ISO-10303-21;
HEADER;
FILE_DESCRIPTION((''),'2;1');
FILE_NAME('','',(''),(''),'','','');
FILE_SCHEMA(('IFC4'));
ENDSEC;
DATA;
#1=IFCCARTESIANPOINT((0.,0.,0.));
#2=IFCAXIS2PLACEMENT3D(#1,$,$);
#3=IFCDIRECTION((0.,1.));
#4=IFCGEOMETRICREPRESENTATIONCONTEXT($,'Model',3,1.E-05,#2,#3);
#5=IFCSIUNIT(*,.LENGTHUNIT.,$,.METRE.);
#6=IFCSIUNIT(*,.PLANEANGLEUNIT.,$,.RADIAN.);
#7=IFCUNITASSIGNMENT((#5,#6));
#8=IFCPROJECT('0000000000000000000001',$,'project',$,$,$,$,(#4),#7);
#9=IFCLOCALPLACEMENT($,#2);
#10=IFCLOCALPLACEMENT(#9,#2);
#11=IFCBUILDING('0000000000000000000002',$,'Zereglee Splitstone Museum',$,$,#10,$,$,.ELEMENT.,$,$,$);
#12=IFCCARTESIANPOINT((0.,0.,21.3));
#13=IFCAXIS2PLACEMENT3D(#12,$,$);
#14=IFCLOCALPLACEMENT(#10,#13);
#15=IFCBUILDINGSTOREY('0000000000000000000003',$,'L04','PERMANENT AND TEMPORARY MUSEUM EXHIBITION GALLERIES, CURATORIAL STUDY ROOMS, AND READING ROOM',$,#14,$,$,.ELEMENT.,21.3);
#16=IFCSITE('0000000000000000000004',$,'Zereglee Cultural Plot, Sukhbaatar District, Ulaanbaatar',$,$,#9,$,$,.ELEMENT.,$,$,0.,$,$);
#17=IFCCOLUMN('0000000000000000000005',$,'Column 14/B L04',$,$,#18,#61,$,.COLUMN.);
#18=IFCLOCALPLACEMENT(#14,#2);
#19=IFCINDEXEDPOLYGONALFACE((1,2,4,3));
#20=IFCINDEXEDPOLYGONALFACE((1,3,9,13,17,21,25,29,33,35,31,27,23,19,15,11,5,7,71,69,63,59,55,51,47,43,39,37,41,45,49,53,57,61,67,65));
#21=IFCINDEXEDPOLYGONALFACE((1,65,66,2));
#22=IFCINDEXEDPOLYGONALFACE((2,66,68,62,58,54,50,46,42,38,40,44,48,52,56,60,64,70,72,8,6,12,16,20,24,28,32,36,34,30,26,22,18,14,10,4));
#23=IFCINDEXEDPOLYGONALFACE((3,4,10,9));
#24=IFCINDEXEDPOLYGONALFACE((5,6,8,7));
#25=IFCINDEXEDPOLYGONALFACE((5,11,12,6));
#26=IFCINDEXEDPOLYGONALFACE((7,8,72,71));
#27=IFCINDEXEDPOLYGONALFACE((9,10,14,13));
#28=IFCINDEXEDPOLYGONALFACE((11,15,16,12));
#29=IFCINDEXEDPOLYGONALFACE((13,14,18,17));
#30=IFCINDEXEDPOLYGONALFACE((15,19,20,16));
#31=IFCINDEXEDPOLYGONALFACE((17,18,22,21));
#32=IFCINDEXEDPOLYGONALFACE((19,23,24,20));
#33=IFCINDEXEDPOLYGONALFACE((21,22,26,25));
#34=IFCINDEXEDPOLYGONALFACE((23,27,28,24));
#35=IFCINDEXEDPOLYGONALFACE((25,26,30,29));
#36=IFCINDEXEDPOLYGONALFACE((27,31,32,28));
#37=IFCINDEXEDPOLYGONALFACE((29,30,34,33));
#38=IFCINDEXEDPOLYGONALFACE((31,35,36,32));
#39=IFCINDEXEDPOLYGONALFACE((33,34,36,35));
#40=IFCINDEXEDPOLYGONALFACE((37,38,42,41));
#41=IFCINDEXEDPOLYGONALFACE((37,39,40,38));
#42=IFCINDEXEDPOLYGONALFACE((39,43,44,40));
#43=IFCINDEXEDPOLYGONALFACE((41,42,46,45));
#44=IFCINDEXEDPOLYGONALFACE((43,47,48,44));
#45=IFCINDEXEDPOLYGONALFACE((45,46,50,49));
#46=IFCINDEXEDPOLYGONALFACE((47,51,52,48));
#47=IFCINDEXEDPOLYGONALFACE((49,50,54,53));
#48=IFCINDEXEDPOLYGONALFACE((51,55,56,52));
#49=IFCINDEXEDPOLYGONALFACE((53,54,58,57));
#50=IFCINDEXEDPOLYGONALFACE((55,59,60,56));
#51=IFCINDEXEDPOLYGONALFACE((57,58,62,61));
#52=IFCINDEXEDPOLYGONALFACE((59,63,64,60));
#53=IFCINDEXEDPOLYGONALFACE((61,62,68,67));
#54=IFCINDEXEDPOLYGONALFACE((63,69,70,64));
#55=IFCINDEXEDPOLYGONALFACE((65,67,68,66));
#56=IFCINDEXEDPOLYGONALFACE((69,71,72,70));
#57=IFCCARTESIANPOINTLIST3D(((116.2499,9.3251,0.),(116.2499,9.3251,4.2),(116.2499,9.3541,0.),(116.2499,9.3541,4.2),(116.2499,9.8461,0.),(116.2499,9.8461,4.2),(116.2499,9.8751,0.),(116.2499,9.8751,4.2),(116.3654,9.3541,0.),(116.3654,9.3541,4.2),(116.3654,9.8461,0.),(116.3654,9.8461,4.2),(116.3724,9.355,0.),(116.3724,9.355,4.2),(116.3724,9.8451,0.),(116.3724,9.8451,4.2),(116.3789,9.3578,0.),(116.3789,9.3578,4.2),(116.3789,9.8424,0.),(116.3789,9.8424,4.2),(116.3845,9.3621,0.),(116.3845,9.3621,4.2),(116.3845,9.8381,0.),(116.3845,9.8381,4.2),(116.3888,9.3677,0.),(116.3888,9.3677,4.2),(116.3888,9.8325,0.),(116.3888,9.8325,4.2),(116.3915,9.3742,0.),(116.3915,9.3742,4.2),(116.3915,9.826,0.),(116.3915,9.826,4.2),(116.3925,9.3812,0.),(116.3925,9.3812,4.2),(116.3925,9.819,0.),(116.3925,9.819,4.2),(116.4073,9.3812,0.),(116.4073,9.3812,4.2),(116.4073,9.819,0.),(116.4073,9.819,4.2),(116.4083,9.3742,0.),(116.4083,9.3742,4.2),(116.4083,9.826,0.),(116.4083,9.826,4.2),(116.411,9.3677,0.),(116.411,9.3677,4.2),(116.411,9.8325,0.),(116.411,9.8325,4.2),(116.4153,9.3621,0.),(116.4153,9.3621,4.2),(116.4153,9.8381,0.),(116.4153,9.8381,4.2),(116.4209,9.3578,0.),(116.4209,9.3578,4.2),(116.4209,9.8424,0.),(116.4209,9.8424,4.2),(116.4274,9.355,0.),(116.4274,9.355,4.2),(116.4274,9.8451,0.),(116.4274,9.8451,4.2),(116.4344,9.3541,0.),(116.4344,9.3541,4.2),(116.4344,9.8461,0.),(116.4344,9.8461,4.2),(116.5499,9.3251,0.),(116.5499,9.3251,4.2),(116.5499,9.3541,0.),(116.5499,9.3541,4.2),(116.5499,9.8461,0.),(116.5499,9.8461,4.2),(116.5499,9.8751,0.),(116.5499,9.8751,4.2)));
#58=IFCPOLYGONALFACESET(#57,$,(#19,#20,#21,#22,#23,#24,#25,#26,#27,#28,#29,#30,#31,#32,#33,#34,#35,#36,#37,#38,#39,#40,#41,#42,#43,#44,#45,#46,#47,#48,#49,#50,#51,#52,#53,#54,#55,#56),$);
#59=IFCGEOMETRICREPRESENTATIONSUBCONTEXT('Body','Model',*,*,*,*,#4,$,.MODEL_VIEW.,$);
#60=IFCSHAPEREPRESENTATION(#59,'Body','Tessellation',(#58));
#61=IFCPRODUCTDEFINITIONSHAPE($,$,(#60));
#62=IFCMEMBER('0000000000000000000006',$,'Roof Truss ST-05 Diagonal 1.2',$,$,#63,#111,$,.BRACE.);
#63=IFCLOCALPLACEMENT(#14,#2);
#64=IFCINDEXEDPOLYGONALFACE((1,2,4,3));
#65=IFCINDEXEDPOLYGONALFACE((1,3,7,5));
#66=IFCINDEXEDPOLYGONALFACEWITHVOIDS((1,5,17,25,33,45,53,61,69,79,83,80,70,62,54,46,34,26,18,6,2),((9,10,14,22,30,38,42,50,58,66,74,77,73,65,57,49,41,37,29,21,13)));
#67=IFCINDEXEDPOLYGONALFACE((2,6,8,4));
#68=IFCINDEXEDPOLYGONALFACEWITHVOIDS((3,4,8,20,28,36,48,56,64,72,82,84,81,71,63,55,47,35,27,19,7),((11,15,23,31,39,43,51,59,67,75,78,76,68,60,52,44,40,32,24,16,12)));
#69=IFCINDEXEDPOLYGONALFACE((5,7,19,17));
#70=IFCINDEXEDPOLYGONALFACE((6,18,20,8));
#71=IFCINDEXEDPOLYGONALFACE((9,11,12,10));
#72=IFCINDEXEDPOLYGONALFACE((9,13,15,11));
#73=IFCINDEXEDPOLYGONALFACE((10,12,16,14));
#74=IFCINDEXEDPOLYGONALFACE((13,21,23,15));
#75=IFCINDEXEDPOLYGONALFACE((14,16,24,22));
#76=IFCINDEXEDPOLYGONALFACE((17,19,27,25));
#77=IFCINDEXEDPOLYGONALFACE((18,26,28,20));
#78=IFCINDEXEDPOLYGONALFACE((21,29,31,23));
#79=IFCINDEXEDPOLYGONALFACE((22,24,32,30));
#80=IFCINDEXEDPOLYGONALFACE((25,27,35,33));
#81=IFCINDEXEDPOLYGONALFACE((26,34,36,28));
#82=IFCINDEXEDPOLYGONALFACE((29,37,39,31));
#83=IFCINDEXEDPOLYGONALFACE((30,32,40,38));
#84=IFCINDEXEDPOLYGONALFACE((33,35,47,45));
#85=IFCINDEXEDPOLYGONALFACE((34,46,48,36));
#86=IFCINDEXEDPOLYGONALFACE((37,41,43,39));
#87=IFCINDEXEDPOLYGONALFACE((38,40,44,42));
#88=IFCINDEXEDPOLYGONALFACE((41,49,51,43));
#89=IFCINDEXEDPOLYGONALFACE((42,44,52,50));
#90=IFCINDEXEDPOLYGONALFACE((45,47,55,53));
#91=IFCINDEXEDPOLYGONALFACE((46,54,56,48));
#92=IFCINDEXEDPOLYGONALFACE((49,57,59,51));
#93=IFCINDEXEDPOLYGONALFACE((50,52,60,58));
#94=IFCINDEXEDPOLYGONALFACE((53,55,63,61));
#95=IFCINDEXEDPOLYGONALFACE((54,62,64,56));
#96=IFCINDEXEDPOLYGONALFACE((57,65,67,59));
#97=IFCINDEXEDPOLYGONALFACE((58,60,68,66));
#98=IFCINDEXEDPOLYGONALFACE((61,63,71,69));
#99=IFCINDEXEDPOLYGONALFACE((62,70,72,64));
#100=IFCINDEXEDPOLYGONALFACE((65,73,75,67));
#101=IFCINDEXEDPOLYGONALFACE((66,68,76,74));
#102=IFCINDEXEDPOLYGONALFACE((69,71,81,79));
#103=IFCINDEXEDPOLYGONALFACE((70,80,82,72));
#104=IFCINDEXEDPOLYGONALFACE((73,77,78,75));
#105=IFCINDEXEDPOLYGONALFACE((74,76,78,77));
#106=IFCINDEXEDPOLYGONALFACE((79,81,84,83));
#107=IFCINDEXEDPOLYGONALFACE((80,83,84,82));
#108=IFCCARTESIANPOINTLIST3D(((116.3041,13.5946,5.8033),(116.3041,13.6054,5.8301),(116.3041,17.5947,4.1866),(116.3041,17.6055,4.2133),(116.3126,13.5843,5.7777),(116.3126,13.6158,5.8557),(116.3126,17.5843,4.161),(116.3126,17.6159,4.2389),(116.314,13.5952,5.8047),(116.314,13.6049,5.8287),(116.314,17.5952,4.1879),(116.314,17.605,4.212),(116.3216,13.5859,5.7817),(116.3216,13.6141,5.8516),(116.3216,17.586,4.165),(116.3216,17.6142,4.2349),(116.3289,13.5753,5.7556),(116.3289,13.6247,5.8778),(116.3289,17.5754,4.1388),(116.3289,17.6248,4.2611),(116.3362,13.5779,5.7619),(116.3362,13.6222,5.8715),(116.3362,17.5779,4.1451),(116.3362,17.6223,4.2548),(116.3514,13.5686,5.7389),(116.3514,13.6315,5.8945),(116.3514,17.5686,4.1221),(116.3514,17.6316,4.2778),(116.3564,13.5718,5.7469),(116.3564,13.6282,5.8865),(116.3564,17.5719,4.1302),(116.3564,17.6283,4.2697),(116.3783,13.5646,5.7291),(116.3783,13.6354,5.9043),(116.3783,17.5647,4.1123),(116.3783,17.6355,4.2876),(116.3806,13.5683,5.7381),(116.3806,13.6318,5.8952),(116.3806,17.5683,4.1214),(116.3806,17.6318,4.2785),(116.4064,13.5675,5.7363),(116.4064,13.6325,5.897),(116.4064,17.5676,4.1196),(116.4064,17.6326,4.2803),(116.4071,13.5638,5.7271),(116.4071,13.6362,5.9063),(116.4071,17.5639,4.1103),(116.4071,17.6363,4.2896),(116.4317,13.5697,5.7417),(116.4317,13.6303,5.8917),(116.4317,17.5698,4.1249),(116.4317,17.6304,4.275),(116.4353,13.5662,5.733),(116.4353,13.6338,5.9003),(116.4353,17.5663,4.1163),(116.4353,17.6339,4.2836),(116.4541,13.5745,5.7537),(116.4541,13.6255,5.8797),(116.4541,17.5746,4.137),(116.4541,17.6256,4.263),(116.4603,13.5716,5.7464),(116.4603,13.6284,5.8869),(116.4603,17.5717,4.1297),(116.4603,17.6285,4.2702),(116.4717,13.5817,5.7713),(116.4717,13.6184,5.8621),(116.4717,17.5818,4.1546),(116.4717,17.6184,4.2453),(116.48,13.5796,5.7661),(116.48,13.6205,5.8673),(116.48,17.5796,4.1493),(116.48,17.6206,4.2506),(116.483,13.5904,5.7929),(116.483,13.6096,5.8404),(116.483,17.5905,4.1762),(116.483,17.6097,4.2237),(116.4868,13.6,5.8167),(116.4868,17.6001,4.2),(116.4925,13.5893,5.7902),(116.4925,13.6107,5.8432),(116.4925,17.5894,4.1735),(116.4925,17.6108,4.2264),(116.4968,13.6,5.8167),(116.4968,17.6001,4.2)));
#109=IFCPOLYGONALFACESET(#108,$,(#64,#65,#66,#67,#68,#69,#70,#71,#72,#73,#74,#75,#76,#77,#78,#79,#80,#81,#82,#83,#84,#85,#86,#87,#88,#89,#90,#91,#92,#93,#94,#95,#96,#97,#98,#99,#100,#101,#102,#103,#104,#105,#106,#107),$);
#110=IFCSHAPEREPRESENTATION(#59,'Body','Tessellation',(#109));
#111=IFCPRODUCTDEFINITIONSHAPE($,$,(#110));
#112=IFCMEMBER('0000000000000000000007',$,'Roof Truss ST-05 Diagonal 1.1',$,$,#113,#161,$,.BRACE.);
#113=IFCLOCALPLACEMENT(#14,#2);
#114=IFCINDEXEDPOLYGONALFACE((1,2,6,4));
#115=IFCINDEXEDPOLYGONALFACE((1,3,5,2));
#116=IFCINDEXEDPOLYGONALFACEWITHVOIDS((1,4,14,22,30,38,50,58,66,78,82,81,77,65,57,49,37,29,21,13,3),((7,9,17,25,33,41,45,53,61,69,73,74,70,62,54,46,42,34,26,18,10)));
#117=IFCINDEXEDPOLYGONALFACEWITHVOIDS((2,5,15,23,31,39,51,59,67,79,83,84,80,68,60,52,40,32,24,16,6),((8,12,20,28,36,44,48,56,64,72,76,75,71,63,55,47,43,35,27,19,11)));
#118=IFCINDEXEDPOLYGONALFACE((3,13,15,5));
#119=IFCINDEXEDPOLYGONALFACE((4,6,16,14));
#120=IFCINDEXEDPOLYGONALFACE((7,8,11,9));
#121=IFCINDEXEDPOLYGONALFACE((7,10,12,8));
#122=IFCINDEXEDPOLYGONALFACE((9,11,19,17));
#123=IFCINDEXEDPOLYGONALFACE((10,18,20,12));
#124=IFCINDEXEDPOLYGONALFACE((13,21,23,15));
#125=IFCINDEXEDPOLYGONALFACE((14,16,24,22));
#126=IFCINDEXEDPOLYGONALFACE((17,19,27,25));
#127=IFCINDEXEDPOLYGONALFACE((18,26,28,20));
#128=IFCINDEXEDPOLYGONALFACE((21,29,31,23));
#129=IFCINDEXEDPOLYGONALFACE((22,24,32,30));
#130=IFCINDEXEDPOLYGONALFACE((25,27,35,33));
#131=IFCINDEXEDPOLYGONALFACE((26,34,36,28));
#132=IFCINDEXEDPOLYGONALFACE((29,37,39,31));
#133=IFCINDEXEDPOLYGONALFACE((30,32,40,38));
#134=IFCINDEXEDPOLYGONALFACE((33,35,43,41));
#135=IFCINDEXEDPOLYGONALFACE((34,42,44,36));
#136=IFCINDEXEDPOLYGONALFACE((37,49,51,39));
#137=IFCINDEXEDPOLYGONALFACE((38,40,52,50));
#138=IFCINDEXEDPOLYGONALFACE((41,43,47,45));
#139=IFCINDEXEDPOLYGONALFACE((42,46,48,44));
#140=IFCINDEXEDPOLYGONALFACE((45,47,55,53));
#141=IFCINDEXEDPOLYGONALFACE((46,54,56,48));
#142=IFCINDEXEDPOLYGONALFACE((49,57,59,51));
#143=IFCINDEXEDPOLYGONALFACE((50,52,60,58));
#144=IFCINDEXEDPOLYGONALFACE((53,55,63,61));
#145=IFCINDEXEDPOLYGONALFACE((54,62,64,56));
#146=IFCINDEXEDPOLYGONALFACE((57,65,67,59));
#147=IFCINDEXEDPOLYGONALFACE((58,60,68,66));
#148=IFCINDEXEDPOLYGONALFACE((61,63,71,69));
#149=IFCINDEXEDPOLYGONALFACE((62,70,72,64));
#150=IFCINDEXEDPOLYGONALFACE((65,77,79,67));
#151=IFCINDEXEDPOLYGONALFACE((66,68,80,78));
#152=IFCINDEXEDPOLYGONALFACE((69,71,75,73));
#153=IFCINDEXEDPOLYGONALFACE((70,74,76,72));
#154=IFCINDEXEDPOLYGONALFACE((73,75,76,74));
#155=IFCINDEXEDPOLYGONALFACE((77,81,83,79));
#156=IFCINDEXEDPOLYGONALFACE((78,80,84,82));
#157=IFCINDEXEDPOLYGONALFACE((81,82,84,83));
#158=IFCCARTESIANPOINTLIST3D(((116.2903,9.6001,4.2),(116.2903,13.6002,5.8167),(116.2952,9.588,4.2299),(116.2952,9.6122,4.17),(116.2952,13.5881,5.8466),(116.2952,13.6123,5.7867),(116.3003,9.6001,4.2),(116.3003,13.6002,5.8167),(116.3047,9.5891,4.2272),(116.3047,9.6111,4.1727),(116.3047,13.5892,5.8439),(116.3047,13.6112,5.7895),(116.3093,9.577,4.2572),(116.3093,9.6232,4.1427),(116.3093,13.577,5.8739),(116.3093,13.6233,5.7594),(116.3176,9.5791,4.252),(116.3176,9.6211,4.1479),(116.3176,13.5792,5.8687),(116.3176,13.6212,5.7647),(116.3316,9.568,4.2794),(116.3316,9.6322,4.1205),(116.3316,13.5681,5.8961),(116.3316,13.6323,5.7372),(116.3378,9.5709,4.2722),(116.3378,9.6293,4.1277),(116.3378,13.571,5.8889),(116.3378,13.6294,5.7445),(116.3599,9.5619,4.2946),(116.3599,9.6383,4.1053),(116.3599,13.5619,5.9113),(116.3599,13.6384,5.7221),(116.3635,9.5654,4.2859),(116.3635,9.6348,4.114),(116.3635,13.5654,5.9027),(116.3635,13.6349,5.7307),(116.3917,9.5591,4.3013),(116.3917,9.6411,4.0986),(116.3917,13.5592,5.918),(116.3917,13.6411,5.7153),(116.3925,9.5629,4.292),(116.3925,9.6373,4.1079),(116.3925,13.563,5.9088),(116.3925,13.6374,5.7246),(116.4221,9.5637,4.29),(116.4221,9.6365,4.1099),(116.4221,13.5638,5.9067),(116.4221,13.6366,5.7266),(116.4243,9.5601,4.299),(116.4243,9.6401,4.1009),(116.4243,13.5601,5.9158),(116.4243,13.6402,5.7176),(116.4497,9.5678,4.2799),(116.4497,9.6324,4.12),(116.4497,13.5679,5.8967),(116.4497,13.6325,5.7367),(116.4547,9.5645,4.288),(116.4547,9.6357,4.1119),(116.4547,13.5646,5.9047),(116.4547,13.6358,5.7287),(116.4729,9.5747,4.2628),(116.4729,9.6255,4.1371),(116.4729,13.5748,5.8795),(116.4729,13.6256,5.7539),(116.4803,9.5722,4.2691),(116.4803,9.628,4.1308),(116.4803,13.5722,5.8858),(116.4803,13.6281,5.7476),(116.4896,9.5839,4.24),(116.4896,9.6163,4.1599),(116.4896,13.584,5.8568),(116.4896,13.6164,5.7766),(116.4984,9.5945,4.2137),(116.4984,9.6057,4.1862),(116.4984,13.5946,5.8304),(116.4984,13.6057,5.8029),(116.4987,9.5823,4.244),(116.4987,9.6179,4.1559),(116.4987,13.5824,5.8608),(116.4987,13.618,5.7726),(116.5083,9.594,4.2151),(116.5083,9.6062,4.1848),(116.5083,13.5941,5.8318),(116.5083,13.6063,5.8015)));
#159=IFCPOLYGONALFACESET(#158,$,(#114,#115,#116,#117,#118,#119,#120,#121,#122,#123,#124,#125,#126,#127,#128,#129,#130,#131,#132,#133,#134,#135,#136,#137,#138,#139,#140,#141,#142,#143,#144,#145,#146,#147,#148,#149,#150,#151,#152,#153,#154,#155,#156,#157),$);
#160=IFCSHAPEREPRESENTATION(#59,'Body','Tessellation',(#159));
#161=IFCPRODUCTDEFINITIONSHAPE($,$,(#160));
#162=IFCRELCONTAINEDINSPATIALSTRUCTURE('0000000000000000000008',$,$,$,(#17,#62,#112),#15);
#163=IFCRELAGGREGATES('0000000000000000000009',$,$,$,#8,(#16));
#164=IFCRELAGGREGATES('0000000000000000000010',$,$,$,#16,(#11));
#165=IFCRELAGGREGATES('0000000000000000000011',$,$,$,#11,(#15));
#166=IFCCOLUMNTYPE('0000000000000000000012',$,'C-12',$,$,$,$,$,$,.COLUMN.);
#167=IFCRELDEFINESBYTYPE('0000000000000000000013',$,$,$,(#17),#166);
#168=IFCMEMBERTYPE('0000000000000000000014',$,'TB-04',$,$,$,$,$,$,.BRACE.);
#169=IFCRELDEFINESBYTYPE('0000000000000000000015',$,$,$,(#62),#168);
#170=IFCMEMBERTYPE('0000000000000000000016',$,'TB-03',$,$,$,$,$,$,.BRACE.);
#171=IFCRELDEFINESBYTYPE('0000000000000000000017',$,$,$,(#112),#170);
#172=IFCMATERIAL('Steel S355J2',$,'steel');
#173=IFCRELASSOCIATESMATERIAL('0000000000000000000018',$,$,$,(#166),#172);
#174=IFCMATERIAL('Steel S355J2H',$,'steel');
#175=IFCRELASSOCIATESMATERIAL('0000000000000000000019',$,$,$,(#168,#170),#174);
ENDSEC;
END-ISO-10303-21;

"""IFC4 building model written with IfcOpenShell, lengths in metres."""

from ifc_helpers import new_model, si_unit, direction, frame, origin, origin_2d, place, context, subcontext, project, spatial, hollow_circle, i_section, extrude, material, material_profile, profile_set, type_object, element, save


model = new_model("IFC4")

# Units and contexts
model_context = context("Model", 3, precision=1e-05, world=origin(), true_north=direction((0.0, 1.0)))
body_context = subcontext(model_context, "Body", "Model", "MODEL_VIEW")
ifc_project = project(units=[si_unit("LENGTHUNIT", "METRE"), si_unit("PLANEANGLEUNIT", "RADIAN")], contexts=[model_context])

# Site, building, storey
site_placement = place(None, origin())
site = spatial("IfcSite", under=ifc_project, at=site_placement, Name="Zereglee Cultural Plot, Sukhbaatar District, Ulaanbaatar", CompositionType="ELEMENT", RefElevation=0.0)
building_placement = place(site_placement, origin())
building = spatial("IfcBuilding", under=site, at=building_placement, Name="Zereglee Splitstone Museum", CompositionType="ELEMENT")
storey_placement = place(building_placement, frame((0.0, 0.0, 21.3)))
storey = spatial("IfcBuildingStorey", under=building, at=storey_placement, Name="L04", Description="PERMANENT AND TEMPORARY MUSEUM EXHIBITION GALLERIES, CURATORIAL STUDY ROOMS, AND READING ROOM", CompositionType="ELEMENT", Elevation=21.3)

# Column
ifc_material_1 = material(Name="Steel S355J2", Category="steel")
ifc_material_profile_1 = material_profile(ifc_material_1, i_section(OverallWidth=0.3, OverallDepth=0.55, WebThickness=0.0149, FlangeThickness=0.0291, FilletRadius=0.0271, at=origin_2d()), Name="HE 550 B")
ifc_profile_set_1 = profile_set([ifc_material_profile_1], Name="Steel S355J2")
column_type = type_object("IfcColumnType", Name="C-12", PredefinedType="COLUMN", material=ifc_profile_set_1)
column_placement = place(storey_placement, frame((116.3999, 9.6001, 0.0), z_axis=(0.0, 0.0, 1.0), x_axis=(1.0, 0.0, 0.0)))
element("IfcColumn", 1, at=column_placement, inside=storey, type_object=column_type, Name="Column 14/B L04", PredefinedType="COLUMN", context=body_context, shape_type="SweptSolid", body=[
    extrude(i_section(OverallWidth=0.3, OverallDepth=0.55, WebThickness=0.0149, FlangeThickness=0.0291, FilletRadius=0.0271, at=origin_2d()), origin(), (0.0, 0.0, 1.0), 4.2),
])

# Members
ifc_material_2 = material(Name="Steel S355J2H", Category="steel")
ifc_material_profile_2 = material_profile(ifc_material_2, hollow_circle(Radius=0.0969, WallThickness=0.01, at=origin_2d()), Name="CHS 193.7x10")
ifc_profile_set_2 = profile_set([ifc_material_profile_2], Name="Steel S355J2H")
member_type_1 = type_object("IfcMemberType", Name="TB-04", PredefinedType="BRACE", material=ifc_profile_set_2)
member_1_placement = place(storey_placement, frame((116.3999, 17.6001, 4.2), z_axis=(0.0, -0.927136, 0.374725), x_axis=(1.0, 0.0, 0.0)))
element("IfcMember", 2, at=member_1_placement, inside=storey, type_object=member_type_1, Name="Roof Truss ST-05 Diagonal 1.2", PredefinedType="BRACE", context=body_context, shape_type="SweptSolid", body=[
    extrude(hollow_circle(Radius=0.0969, WallThickness=0.01, at=origin_2d()), origin(), (0.0, 0.0, 1.0), 4.3145),
])
ifc_material_profile_3 = material_profile(ifc_material_2, hollow_circle(Radius=0.1096, WallThickness=0.01, at=origin_2d()), Name="CHS 219.1x10")
ifc_profile_set_3 = profile_set([ifc_material_profile_3], Name="Steel S355J2H")
member_type_2 = type_object("IfcMemberType", Name="TB-03", PredefinedType="BRACE", material=ifc_profile_set_3)
member_2_placement = place(storey_placement, frame((116.3999, 9.6001, 4.2), z_axis=(0.0, 0.927136, 0.374725), x_axis=(-1.0, 0.0, 0.0)))
element("IfcMember", 3, at=member_2_placement, inside=storey, type_object=member_type_2, Name="Roof Truss ST-05 Diagonal 1.1", PredefinedType="BRACE", context=body_context, shape_type="SweptSolid", body=[
    extrude(hollow_circle(Radius=0.1096, WallThickness=0.01, at=origin_2d()), origin(), (0.0, 0.0, 1.0), 4.3145),
])

save(model, "model.ifc")
